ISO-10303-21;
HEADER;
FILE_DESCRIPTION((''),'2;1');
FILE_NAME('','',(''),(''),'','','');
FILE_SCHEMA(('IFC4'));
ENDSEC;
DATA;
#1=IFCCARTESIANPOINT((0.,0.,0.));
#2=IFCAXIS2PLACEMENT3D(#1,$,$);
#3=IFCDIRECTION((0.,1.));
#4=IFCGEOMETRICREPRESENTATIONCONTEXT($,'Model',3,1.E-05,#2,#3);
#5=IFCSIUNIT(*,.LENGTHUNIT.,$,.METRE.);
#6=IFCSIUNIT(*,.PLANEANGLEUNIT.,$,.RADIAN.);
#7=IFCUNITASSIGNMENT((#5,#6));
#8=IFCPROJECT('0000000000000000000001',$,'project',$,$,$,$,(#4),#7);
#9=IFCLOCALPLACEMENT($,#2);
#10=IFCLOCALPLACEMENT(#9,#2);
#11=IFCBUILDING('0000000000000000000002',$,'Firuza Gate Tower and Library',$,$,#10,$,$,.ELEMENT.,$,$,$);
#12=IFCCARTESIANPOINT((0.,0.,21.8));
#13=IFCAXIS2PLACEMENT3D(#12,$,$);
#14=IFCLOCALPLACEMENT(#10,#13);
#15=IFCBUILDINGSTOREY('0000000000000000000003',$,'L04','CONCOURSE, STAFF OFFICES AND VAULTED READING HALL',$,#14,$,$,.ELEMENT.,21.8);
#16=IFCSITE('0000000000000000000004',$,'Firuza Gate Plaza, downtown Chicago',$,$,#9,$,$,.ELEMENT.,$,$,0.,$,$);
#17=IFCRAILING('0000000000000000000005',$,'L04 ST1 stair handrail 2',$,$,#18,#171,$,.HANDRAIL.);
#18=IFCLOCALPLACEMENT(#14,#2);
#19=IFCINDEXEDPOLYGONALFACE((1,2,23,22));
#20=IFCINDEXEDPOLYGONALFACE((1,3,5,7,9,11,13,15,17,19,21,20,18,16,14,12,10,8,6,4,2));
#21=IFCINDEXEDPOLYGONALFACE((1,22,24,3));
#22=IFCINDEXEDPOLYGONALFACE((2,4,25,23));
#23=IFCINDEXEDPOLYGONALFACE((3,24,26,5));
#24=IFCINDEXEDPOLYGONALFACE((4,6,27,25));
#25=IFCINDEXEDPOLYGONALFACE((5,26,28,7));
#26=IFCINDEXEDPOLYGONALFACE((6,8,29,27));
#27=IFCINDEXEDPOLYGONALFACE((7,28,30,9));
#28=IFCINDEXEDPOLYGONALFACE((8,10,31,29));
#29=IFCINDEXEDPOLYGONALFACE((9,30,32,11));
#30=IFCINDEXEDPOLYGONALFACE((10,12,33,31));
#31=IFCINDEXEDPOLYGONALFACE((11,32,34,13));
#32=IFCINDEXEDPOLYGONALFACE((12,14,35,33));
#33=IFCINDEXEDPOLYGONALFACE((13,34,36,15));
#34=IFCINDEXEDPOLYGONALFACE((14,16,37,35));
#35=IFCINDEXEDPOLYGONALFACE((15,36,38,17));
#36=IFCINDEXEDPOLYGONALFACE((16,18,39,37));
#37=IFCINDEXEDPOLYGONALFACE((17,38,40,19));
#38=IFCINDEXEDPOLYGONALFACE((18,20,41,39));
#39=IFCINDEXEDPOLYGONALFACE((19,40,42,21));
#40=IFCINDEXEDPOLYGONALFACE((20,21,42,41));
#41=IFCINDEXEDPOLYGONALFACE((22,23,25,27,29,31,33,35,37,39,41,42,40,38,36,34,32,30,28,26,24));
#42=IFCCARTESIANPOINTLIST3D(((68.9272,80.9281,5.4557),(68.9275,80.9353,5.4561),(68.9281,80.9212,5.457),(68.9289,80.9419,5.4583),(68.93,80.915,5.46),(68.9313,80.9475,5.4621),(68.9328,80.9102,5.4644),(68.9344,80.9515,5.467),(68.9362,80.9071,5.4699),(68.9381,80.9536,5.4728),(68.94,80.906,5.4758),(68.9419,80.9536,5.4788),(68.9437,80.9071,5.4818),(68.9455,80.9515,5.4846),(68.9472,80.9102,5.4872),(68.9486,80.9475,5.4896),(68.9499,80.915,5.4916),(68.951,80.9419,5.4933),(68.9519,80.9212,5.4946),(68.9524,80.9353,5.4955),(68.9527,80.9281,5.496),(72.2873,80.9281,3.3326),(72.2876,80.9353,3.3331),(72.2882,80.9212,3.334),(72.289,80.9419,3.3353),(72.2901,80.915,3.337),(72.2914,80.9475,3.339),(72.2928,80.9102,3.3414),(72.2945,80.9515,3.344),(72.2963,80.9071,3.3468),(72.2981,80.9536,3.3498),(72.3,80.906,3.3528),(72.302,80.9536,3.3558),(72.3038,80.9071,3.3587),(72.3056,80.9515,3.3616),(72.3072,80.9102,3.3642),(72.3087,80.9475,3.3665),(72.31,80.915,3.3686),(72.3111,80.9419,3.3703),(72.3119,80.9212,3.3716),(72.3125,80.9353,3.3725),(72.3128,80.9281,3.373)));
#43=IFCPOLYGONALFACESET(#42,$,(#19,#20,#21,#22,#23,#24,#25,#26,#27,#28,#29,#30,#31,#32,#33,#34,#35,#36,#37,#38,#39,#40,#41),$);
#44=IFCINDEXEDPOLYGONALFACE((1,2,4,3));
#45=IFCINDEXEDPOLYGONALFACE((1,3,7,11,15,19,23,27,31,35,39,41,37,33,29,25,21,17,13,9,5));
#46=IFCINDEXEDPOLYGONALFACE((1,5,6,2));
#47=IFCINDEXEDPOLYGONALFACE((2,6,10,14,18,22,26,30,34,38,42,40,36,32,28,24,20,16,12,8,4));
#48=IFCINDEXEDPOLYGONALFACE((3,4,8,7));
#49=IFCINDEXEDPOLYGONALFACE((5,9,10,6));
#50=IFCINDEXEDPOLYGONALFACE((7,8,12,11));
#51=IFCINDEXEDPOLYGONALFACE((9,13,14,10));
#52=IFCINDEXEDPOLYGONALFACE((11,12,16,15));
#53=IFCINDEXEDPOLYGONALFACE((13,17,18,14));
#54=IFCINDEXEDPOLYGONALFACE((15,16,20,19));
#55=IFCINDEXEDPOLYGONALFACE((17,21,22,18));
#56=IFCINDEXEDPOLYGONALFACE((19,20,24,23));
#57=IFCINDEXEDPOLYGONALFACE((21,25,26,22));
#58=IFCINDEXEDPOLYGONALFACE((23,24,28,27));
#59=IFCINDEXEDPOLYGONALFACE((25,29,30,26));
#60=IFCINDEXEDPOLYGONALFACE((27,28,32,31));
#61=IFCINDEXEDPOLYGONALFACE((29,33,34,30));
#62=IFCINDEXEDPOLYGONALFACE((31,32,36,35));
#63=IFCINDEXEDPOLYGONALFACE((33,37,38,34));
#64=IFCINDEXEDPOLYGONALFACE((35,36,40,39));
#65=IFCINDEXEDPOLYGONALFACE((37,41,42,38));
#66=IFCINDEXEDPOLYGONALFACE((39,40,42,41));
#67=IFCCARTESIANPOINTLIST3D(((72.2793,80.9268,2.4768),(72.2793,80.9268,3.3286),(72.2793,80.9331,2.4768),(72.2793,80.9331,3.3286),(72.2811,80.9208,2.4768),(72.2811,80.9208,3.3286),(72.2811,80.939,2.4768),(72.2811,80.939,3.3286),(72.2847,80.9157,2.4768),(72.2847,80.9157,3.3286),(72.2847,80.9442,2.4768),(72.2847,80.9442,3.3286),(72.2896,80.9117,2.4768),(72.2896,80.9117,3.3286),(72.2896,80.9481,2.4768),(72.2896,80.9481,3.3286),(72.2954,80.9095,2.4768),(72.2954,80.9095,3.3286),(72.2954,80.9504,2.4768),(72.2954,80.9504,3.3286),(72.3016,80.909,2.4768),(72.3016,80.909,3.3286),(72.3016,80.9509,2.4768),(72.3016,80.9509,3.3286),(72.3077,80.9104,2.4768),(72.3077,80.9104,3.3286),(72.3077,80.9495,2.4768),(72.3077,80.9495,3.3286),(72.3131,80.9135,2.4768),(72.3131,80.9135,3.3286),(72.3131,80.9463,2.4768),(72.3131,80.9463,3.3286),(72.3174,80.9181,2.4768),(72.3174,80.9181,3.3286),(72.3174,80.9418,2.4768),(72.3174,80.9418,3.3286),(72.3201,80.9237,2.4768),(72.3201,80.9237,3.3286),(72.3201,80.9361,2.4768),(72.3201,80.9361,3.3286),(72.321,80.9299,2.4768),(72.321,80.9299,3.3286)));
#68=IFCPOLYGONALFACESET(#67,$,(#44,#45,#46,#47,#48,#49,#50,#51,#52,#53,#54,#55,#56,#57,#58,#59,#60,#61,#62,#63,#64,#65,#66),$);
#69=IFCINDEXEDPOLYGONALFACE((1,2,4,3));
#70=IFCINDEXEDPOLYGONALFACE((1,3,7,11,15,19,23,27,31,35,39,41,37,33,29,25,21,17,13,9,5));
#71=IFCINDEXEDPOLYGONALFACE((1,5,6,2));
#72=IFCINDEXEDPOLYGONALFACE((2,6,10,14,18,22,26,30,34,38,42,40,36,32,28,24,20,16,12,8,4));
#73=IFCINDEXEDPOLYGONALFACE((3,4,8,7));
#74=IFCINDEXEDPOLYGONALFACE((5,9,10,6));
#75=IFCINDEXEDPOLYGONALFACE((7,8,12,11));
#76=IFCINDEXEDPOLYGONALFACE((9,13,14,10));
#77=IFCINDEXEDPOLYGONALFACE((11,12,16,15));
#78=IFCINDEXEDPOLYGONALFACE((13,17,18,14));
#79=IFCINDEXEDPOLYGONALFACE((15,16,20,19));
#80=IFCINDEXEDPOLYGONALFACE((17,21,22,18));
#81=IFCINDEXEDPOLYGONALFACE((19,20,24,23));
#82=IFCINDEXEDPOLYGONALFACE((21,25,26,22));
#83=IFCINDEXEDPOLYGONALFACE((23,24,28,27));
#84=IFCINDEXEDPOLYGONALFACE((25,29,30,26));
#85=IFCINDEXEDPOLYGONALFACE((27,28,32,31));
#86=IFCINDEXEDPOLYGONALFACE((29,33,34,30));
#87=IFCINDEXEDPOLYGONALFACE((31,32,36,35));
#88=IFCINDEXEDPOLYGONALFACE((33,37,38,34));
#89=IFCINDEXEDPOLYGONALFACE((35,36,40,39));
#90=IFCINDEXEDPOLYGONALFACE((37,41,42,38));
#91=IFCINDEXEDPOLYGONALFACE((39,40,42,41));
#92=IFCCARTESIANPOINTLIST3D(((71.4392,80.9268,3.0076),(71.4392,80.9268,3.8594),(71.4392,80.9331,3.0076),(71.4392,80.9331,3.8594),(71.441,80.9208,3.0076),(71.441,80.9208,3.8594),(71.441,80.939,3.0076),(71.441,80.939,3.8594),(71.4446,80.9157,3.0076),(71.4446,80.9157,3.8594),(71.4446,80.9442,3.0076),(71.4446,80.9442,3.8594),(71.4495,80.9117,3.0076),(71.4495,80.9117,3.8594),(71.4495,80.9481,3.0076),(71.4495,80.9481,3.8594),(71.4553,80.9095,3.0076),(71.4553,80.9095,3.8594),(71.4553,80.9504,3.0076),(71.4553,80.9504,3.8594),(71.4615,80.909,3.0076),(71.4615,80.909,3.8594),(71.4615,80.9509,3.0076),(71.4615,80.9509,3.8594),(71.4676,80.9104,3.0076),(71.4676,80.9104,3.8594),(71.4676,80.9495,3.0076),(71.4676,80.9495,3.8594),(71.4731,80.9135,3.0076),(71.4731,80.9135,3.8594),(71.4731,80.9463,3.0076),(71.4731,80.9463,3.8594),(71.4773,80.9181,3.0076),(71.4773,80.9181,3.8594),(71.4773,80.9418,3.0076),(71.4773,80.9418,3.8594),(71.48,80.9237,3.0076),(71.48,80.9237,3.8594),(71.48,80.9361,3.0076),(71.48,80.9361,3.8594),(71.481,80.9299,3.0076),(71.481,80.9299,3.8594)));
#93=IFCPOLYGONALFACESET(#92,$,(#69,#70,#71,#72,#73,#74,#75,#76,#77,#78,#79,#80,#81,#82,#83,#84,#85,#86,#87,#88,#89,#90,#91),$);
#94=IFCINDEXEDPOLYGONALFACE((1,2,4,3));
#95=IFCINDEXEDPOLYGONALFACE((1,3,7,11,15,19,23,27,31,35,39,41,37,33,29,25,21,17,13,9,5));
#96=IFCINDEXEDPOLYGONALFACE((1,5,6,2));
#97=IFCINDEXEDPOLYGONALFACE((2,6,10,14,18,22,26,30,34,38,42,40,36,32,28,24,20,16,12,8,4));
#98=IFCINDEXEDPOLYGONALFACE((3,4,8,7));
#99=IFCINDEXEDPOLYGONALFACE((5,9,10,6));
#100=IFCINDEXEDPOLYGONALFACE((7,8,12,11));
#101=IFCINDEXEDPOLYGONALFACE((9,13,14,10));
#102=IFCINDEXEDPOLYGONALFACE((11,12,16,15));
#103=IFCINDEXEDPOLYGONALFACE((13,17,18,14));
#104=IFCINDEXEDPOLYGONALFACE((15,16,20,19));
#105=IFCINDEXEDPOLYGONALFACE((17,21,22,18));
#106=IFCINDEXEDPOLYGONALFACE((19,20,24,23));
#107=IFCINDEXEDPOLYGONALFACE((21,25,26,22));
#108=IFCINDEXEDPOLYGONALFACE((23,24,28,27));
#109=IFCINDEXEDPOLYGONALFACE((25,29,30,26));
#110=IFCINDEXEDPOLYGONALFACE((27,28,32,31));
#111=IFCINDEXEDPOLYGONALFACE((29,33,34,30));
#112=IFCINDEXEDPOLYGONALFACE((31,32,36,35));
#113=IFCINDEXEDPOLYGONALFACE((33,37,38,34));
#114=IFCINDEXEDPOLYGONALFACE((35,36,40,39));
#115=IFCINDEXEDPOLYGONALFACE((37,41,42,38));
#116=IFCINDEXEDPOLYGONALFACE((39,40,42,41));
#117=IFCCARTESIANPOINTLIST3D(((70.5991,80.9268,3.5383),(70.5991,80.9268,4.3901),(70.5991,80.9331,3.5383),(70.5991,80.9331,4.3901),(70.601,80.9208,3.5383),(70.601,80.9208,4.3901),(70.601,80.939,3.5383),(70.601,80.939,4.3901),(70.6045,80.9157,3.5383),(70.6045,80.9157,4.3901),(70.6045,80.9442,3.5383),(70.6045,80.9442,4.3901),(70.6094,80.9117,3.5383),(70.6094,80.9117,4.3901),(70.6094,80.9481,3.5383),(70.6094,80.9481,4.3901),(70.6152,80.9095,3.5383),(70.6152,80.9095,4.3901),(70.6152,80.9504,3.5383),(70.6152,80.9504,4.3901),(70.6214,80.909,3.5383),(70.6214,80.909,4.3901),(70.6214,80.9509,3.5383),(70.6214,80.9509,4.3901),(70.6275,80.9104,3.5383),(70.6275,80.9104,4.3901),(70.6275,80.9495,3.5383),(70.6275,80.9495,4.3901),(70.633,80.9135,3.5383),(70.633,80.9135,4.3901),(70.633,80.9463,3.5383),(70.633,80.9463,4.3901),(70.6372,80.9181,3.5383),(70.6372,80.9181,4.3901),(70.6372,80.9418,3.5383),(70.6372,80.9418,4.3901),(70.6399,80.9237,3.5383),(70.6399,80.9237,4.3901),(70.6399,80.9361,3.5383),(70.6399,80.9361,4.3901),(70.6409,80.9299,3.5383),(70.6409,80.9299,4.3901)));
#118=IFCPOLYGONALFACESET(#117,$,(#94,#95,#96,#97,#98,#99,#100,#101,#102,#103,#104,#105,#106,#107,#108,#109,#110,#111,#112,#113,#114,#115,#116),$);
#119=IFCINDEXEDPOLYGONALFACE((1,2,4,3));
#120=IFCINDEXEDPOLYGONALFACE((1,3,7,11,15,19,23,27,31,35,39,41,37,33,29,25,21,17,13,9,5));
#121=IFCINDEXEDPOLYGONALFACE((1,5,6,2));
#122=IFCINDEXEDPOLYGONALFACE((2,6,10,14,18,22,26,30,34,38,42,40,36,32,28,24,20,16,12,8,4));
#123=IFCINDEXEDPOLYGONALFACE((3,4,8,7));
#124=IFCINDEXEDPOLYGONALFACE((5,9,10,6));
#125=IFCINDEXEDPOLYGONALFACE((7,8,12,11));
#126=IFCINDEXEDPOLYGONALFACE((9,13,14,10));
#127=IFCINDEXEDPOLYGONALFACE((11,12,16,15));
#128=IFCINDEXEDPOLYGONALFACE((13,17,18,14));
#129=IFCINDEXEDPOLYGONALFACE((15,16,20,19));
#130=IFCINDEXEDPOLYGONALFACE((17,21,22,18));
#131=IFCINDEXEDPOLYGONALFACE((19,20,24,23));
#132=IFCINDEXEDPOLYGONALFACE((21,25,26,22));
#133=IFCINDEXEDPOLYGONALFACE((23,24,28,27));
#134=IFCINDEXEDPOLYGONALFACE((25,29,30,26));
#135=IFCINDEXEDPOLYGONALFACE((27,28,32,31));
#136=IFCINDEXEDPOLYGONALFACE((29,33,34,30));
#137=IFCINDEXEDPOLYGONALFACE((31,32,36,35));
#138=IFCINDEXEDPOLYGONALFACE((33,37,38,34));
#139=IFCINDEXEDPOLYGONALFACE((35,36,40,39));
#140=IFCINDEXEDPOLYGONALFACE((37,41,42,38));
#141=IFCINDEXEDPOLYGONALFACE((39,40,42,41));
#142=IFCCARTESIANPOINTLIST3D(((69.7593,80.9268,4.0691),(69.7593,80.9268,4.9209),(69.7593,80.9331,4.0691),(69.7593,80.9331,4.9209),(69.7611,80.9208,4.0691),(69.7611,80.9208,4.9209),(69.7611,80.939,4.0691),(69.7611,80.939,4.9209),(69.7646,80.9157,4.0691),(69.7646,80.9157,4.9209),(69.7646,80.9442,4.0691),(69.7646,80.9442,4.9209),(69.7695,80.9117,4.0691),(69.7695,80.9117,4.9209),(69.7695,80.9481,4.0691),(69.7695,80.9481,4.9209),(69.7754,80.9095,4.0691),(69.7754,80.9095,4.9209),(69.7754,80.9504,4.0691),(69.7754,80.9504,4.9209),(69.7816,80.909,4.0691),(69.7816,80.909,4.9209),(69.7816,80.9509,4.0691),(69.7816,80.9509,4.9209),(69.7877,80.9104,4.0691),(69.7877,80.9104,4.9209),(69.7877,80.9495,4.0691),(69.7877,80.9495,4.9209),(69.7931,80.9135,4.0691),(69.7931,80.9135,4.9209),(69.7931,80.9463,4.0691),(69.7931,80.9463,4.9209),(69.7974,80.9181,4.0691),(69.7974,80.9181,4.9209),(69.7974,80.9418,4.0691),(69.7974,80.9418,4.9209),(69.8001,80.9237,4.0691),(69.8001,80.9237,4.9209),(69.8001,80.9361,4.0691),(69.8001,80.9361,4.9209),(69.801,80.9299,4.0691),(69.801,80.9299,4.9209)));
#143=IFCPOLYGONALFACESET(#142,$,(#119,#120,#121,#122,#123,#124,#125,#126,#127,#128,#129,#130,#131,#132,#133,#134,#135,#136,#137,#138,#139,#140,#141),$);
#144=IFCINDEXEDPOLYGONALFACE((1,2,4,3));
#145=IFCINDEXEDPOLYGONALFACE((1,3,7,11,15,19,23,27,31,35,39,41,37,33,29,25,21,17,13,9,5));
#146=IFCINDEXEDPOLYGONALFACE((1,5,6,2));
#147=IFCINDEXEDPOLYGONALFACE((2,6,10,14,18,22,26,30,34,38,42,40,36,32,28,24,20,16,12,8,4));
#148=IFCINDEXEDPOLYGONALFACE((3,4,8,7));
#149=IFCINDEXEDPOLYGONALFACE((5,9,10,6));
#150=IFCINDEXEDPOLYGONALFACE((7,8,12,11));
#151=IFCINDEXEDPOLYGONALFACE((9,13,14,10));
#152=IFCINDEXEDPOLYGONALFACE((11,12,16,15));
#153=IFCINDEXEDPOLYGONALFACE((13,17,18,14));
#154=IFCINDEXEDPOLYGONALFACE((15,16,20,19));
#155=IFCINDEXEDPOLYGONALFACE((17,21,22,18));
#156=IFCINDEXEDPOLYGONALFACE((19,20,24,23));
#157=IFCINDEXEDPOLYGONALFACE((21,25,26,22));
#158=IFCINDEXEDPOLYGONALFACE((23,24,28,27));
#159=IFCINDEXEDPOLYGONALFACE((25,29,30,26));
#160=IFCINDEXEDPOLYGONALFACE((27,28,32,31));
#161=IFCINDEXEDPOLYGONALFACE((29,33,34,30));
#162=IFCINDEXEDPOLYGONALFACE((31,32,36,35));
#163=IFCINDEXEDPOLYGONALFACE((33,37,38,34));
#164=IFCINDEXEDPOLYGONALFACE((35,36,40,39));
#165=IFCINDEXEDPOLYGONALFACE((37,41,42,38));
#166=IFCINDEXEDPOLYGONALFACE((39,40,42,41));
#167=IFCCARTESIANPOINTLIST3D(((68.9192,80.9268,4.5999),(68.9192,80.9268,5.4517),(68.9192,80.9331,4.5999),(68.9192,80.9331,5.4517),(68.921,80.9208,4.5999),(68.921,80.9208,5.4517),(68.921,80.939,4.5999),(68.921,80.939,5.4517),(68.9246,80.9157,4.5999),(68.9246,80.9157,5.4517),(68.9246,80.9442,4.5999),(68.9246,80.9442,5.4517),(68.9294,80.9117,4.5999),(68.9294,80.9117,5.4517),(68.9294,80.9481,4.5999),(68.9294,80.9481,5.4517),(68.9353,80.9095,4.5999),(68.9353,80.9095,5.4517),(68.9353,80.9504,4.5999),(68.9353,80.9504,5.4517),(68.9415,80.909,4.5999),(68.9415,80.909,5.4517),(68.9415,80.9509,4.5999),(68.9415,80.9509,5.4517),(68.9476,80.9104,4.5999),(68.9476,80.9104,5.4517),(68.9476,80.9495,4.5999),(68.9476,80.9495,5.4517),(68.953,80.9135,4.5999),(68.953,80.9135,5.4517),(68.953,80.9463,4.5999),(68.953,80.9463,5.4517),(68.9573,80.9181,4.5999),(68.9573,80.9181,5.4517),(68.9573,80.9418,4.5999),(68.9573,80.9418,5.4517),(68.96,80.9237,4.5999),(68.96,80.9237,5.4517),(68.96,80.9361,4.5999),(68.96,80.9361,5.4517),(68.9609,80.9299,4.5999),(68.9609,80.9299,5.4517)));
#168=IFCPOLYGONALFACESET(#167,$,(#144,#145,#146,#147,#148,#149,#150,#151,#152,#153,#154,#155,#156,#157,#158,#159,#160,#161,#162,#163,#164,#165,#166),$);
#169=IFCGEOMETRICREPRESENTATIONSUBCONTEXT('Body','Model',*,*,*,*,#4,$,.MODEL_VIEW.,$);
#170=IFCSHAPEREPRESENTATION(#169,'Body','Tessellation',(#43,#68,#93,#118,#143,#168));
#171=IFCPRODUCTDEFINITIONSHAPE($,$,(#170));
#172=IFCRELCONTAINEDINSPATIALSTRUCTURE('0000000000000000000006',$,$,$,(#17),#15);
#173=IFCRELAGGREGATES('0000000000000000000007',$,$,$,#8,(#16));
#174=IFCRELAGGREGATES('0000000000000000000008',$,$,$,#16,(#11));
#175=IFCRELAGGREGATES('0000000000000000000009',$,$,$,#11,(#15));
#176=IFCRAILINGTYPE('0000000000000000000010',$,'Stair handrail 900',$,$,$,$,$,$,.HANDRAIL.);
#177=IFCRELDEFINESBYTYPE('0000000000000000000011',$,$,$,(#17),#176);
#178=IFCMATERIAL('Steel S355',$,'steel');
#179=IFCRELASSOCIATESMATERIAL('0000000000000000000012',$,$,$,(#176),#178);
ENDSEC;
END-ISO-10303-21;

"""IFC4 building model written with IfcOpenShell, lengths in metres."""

from ifc_helpers import new_model, si_unit, direction, frame, origin, origin_2d, place, context, subcontext, project, spatial, circle, extrude, material, type_object, element, save


model = new_model("IFC4")

# Units and contexts
model_context = context("Model", 3, precision=1e-05, world=origin(), true_north=direction((0.0, 1.0)))
body_context = subcontext(model_context, "Body", "Model", "MODEL_VIEW")
ifc_project = project(units=[si_unit("LENGTHUNIT", "METRE"), si_unit("PLANEANGLEUNIT", "RADIAN")], contexts=[model_context])

# Site, building, storey
site_placement = place(None, origin())
site = spatial("IfcSite", under=ifc_project, at=site_placement, Name="Firuza Gate Plaza, downtown Chicago", CompositionType="ELEMENT", RefElevation=0.0)
building_placement = place(site_placement, origin())
building = spatial("IfcBuilding", under=site, at=building_placement, Name="Firuza Gate Tower and Library", CompositionType="ELEMENT")
storey_placement = place(building_placement, frame((0.0, 0.0, 21.8)))
storey = spatial("IfcBuildingStorey", under=building, at=storey_placement, Name="L04", Description="CONCOURSE, STAFF OFFICES AND VAULTED READING HALL", CompositionType="ELEMENT", Elevation=21.8)

# Railing
ifc_material_1 = material(Name="Steel S355", Category="steel")
railing_type_1 = type_object("IfcRailingType", Name="Stair handrail 900", PredefinedType="HANDRAIL", material=ifc_material_1)
railing_1_placement = place(storey_placement, frame((72.3, 80.9299, 2.4768)))
element("IfcRailing", 1, at=railing_1_placement, inside=storey, type_object=railing_type_1, Name="L04 ST1 stair handrail 2", PredefinedType="HANDRAIL", context=body_context, shape_type="SweptSolid", body=[
    extrude(circle(Radius=0.0239, at=origin_2d()), frame((0.0, 0.0, 0.876), z_axis=(-0.84539, 0.0, 0.53415), x_axis=(0.0, -1.0, 0.0)), (0.0, 0.0, 1.0), 3.9746),
    extrude(circle(Radius=0.021, at=origin_2d()), origin(), (0.0, 0.0, 1.0), 0.8518),
    extrude(circle(Radius=0.021, at=origin_2d()), frame((-0.8401, 0.0, 0.5308)), (0.0, 0.0, 1.0), 0.8518),
    extrude(circle(Radius=0.021, at=origin_2d()), frame((-1.6802, 0.0, 1.0615)), (0.0, 0.0, 1.0), 0.8518),
    extrude(circle(Radius=0.021, at=origin_2d()), frame((-2.52, 0.0, 1.5923)), (0.0, 0.0, 1.0), 0.8518),
    extrude(circle(Radius=0.021, at=origin_2d()), frame((-3.3601, 0.0, 2.123)), (0.0, 0.0, 1.0), 0.8518),
])

save(model, "model.ifc")
